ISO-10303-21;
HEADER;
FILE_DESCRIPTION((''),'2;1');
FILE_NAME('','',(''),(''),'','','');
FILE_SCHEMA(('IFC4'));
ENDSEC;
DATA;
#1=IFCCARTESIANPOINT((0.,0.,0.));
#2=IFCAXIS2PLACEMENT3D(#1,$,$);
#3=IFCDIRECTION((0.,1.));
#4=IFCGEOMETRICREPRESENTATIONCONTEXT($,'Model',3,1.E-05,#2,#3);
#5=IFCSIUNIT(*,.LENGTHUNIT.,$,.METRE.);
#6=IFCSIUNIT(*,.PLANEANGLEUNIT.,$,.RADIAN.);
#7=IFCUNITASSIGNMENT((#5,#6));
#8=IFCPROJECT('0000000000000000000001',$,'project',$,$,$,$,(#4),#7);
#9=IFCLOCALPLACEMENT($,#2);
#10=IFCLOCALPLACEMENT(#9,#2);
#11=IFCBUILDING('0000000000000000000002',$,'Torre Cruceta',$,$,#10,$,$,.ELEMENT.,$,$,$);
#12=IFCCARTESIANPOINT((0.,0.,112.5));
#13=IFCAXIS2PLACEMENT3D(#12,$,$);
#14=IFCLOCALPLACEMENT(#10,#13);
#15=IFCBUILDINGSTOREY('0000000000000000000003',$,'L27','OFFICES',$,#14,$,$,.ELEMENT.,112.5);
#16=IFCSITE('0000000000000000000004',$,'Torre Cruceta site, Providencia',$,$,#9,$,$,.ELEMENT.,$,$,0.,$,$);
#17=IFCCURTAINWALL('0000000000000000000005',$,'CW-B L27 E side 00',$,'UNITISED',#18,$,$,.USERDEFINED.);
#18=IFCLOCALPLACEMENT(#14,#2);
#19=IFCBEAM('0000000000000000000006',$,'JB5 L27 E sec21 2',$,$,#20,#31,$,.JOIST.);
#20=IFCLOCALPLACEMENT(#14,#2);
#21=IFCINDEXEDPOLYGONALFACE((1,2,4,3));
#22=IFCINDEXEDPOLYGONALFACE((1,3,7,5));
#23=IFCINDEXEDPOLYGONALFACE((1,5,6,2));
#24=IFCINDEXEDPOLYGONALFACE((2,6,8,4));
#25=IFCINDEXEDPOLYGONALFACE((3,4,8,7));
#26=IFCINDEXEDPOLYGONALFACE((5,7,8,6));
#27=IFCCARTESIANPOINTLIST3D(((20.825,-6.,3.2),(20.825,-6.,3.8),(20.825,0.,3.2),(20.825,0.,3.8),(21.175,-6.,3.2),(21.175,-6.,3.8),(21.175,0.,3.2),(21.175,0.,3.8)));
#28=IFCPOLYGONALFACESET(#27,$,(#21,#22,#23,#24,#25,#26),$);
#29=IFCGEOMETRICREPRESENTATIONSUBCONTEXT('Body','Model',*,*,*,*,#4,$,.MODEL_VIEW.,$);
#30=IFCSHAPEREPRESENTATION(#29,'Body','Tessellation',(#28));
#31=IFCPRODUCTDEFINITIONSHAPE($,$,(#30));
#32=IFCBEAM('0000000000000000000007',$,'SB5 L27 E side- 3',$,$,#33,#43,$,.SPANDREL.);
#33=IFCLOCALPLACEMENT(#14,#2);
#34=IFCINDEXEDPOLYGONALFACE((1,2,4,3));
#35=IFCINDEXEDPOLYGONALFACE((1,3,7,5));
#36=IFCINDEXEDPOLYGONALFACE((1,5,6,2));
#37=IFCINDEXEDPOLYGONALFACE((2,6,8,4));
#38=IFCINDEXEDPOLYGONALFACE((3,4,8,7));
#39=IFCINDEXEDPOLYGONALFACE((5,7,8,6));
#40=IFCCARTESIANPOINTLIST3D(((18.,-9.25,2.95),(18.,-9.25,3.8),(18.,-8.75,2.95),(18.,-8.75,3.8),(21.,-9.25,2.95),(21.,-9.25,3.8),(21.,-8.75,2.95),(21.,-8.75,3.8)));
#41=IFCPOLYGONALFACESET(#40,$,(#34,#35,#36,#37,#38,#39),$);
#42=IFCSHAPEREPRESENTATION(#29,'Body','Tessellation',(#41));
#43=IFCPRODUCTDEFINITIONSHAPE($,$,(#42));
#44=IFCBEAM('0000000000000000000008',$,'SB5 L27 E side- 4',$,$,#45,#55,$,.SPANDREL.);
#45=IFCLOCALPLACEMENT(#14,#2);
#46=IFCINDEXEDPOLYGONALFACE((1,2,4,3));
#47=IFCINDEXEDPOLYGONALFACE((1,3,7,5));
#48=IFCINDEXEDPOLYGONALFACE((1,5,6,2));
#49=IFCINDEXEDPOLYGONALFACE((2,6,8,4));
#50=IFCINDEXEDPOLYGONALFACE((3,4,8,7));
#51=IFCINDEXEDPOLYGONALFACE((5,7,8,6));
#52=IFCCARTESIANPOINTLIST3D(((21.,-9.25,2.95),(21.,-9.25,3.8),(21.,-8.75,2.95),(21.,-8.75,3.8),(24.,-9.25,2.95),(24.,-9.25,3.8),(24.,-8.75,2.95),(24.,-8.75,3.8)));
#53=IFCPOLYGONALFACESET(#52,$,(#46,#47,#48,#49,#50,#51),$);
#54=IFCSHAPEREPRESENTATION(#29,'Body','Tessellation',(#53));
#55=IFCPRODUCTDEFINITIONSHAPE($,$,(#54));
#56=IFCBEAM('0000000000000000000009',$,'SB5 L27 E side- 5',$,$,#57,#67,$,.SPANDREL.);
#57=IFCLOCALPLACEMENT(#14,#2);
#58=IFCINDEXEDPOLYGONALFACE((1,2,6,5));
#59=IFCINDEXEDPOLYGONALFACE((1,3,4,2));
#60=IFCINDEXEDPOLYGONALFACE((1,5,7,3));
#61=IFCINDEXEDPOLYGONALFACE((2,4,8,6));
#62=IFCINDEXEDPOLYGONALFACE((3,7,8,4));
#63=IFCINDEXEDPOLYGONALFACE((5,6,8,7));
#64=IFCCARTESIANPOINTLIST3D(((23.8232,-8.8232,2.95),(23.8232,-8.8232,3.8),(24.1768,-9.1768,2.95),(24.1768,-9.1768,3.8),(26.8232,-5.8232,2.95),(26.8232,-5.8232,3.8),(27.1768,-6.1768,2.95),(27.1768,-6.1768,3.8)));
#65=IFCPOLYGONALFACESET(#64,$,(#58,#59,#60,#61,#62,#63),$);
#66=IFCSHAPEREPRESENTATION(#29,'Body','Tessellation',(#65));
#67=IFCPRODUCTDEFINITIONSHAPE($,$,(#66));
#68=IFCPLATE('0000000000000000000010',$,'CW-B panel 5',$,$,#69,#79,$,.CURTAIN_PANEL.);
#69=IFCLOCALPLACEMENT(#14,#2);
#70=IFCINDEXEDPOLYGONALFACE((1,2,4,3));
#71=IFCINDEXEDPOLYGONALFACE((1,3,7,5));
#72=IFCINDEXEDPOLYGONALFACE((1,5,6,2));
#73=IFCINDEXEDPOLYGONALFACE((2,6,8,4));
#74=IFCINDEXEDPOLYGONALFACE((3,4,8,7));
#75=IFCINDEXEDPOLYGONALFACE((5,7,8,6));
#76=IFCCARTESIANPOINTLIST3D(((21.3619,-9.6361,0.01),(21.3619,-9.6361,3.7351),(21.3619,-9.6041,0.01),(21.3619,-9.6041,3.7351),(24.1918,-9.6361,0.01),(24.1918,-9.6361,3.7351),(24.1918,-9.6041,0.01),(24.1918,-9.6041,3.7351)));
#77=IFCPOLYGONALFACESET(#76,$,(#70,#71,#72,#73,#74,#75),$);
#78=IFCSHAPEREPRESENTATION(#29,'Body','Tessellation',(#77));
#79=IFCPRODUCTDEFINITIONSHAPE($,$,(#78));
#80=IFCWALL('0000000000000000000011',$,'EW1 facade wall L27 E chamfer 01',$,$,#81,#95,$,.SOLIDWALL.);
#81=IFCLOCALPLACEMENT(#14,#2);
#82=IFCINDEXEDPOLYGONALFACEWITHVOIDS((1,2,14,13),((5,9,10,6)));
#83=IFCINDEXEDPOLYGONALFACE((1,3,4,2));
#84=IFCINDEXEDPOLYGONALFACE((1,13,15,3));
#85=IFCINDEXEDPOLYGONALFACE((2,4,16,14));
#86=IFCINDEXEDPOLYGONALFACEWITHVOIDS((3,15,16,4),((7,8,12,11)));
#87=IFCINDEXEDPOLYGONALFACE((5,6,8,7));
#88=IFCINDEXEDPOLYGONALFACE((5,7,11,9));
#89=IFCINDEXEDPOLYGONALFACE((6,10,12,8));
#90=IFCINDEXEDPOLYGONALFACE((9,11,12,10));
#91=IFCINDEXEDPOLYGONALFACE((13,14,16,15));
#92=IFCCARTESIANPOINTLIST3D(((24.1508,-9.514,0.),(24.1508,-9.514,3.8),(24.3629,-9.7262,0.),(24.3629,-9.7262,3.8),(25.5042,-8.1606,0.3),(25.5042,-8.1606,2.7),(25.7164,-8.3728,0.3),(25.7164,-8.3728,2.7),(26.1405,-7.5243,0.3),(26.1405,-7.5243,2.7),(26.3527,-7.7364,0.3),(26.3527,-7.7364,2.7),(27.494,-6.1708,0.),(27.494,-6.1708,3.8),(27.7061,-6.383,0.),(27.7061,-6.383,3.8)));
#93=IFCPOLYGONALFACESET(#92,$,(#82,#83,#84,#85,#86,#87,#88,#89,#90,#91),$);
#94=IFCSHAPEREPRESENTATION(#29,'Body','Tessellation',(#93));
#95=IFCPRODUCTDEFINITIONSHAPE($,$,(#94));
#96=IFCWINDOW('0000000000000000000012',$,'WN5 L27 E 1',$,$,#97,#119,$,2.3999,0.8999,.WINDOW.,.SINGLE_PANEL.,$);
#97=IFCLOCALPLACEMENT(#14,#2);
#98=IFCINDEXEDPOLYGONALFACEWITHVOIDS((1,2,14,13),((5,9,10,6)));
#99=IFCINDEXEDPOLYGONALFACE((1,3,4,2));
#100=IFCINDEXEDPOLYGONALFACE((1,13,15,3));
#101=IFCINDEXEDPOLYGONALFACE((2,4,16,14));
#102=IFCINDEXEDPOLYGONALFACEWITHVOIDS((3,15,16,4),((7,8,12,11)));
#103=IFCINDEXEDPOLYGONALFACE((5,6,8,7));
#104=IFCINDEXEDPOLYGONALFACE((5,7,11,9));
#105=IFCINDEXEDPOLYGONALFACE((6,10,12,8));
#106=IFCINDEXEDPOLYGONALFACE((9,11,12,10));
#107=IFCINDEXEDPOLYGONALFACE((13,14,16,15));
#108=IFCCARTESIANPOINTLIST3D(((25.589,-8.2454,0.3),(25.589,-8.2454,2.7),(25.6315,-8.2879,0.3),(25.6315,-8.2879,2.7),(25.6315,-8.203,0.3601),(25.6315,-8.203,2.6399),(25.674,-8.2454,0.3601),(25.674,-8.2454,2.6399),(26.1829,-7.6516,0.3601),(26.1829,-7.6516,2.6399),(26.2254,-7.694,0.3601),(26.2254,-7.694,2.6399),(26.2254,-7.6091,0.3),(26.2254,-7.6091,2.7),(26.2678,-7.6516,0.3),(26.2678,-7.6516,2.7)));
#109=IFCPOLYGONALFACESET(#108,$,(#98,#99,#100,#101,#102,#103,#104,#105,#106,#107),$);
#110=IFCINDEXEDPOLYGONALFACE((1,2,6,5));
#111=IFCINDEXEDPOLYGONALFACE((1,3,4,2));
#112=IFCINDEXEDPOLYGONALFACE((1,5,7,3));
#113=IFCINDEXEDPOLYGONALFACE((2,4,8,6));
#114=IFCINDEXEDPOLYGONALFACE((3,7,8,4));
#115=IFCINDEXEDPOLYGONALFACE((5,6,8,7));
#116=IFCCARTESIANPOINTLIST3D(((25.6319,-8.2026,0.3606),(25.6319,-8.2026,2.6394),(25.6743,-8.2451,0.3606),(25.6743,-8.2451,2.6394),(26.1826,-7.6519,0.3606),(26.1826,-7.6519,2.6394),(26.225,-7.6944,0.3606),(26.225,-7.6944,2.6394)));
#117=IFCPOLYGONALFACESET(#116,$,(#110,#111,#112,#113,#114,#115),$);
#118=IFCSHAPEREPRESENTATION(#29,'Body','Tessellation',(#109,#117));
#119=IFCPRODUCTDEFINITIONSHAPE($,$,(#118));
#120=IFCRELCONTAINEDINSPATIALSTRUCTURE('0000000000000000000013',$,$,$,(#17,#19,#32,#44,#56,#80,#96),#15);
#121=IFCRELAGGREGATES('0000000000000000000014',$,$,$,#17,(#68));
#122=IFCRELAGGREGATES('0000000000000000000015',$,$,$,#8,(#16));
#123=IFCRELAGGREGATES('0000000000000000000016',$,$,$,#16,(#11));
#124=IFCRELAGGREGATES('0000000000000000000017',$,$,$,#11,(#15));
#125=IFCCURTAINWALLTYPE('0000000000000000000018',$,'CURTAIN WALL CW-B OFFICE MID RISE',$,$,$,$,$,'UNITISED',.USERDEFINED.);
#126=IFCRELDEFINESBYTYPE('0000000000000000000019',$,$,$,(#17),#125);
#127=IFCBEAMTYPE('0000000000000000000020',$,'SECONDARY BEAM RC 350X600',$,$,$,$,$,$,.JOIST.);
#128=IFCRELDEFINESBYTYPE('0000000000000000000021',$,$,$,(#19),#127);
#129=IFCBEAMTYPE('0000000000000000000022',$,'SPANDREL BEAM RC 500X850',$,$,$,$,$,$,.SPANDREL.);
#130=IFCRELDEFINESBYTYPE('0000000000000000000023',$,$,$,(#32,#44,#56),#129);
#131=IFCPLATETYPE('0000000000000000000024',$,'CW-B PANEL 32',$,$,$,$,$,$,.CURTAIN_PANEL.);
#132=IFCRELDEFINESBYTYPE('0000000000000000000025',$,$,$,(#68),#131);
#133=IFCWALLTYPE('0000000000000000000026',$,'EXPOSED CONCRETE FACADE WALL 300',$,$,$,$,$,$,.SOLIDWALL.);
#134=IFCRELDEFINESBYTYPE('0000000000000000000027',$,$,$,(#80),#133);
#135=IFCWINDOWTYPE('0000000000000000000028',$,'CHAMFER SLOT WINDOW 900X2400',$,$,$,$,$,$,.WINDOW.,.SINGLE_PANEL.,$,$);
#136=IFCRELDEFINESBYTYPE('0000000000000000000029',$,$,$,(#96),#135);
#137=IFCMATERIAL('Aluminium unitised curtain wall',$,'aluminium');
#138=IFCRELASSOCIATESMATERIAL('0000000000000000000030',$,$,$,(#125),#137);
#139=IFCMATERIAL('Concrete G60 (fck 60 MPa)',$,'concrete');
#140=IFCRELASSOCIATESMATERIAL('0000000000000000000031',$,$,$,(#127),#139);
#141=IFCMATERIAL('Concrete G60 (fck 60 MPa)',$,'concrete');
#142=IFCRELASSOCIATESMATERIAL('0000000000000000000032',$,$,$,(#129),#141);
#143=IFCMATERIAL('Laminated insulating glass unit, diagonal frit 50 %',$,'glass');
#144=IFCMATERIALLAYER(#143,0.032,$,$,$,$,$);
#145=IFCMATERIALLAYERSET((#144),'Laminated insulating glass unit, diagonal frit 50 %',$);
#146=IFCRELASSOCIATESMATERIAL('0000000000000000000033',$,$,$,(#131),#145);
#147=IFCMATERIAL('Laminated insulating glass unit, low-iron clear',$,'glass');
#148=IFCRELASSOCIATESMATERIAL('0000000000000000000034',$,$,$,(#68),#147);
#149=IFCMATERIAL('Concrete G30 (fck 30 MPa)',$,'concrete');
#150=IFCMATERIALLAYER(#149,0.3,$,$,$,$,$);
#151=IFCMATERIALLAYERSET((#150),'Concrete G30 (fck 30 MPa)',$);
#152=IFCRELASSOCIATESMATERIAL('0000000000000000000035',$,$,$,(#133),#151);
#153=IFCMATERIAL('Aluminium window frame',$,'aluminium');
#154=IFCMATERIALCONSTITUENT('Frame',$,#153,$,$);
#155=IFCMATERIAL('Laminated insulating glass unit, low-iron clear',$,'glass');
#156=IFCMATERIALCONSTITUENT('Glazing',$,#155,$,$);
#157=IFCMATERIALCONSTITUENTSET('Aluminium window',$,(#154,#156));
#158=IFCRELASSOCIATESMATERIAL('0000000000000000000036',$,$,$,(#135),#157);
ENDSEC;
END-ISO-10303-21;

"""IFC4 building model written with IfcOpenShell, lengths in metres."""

from ifc_helpers import new_model, si_unit, direction, frame, frame_2d, origin, origin_2d, place, context, subcontext, project, spatial, rectangle, hollow_rectangle, extrude, material, layer, layer_set, constituent, constituent_set, material_profile, profile_set, type_object, element, fill, aggregate, save


model = new_model("IFC4")

# Units and contexts
model_context = context("Model", 3, precision=1e-05, world=origin(), true_north=direction((0.0, 1.0)))
body_context = subcontext(model_context, "Body", "Model", "MODEL_VIEW")
ifc_project = project(units=[si_unit("LENGTHUNIT", "METRE"), si_unit("PLANEANGLEUNIT", "RADIAN")], contexts=[model_context])

# Site, building, storey
site_placement = place(None, origin())
site = spatial("IfcSite", under=ifc_project, at=site_placement, Name="Torre Cruceta site, Providencia", CompositionType="ELEMENT", RefElevation=0.0)
building_placement = place(site_placement, origin())
building = spatial("IfcBuilding", under=site, at=building_placement, Name="Torre Cruceta", CompositionType="ELEMENT")
storey_placement = place(building_placement, frame((0.0, 0.0, 112.5)))
storey = spatial("IfcBuildingStorey", under=building, at=storey_placement, Name="L27", Description="OFFICES", CompositionType="ELEMENT", Elevation=112.5)

# Curtain wall
ifc_material_1 = material(Name="Aluminium unitised curtain wall", Category="aluminium")
curtain_wall_type = type_object("IfcCurtainWallType", Name="CURTAIN WALL CW-B OFFICE MID RISE", ElementType="UNITISED", PredefinedType="USERDEFINED", material=ifc_material_1)
curtain_wall_placement = place(storey_placement, origin())
curtain_wall = element("IfcCurtainWall", 1, at=curtain_wall_placement, inside=storey, type_object=curtain_wall_type, Name="CW-B L27 E side 00", ObjectType="UNITISED", PredefinedType="USERDEFINED")

# Beams
ifc_material_2 = material(Name="Concrete G60 (fck 60 MPa)", Category="concrete")
ifc_material_profile_1 = material_profile(ifc_material_2, rectangle(XDim=0.3501, YDim=0.6001, at=origin_2d()), Name="RC 350X600")
ifc_profile_set_1 = profile_set([ifc_material_profile_1], Name="Concrete G60 (fck 60 MPa)")
beam_type_1 = type_object("IfcBeamType", Name="SECONDARY BEAM RC 350X600", PredefinedType="JOIST", material=ifc_profile_set_1)
beam_1_placement = place(storey_placement, frame((21.0, -6.0, 3.5), z_axis=(0.0, 1.0, 0.0), x_axis=(-1.0, 0.0, 0.0)))
element("IfcBeam", 2, at=beam_1_placement, inside=storey, type_object=beam_type_1, Name="JB5 L27 E sec21 2", PredefinedType="JOIST", context=body_context, shape_type="SweptSolid", body=[
    extrude(rectangle(XDim=0.3501, YDim=0.6001, at=origin_2d()), origin(), (0.0, 0.0, 1.0), 6.0),
])
ifc_material_3 = material(Name="Concrete G60 (fck 60 MPa)", Category="concrete")
ifc_material_profile_2 = material_profile(ifc_material_3, rectangle(XDim=0.5, YDim=0.8501, at=origin_2d()), Name="RC 500X850")
ifc_profile_set_2 = profile_set([ifc_material_profile_2], Name="Concrete G60 (fck 60 MPa)")
beam_type_2 = type_object("IfcBeamType", Name="SPANDREL BEAM RC 500X850", PredefinedType="SPANDREL", material=ifc_profile_set_2)
for number, where, z_axis, x_axis, name in (
    (3, (18.0, -9.0, 3.375), (1.0, 0.0, 0.0), (0.0, 1.0, 0.0), "SB5 L27 E side- 3"),
    (4, (21.0, -9.0, 3.375), (1.0, 0.0, 0.0), (0.0, 1.0, 0.0), "SB5 L27 E side- 4"),
):
    element("IfcBeam", number, at=place(storey_placement, frame(where, z_axis=z_axis, x_axis=x_axis)), inside=storey, type_object=beam_type_2, Name=name, PredefinedType="SPANDREL", context=body_context, shape_type="SweptSolid", body=[
        extrude(rectangle(XDim=0.5, YDim=0.8501, at=origin_2d()), origin(), (0.0, 0.0, 1.0), 3.0),
    ])
beam_2_placement = place(storey_placement, frame((24.0, -9.0, 3.375), z_axis=(0.707107, 0.707107, 0.0), x_axis=(-0.707107, 0.707107, 0.0)))
element("IfcBeam", 5, at=beam_2_placement, inside=storey, type_object=beam_type_2, Name="SB5 L27 E side- 5", PredefinedType="SPANDREL", context=body_context, shape_type="SweptSolid", body=[
    extrude(rectangle(XDim=0.5, YDim=0.8501, at=origin_2d()), origin(), (0.0, 0.0, 1.0), 4.2427),
])

# Plate
ifc_material_4 = material(Name="Laminated insulating glass unit, low-iron clear", Category="glass")
ifc_material_5 = material(Name="Laminated insulating glass unit, diagonal frit 50 %", Category="glass")
ifc_layer_1 = layer(ifc_material_5, 0.032)
ifc_layer_set_1 = layer_set([ifc_layer_1], Name="Laminated insulating glass unit, diagonal frit 50 %")
plate_type = type_object("IfcPlateType", Name="CW-B PANEL 32", PredefinedType="CURTAIN_PANEL", material=ifc_layer_set_1)
plate_placement = place(storey_placement, frame((22.7769, -9.6201, 0.01), z_axis=(0.0, 0.0, 1.0), x_axis=(1.0, 0.0, 0.0)))
plate = element("IfcPlate", 6, at=plate_placement, type_object=plate_type, material=ifc_material_4, Name="CW-B panel 5", PredefinedType="CURTAIN_PANEL", context=body_context, shape_type="SweptSolid", body=[
    extrude(rectangle(XDim=2.8298, YDim=0.032, at=origin_2d()), origin(), (0.0, 0.0, 1.0), 3.7251),
])
aggregate(curtain_wall, [plate])

# Wall, opening, window
ifc_material_6 = material(Name="Concrete G30 (fck 30 MPa)", Category="concrete")
ifc_layer_2 = layer(ifc_material_6, 0.3)
ifc_layer_set_2 = layer_set([ifc_layer_2], Name="Concrete G30 (fck 30 MPa)")
wall_type_1 = type_object("IfcWallType", Name="EXPOSED CONCRETE FACADE WALL 300", PredefinedType="SOLIDWALL", material=ifc_layer_set_2)
wall_1_placement = place(storey_placement, frame((24.2568, -9.6201, 0.0), z_axis=(0.0, 0.0, 1.0), x_axis=(0.707107, 0.707107, 0.0)))
wall_1 = element("IfcWall", 7, at=wall_1_placement, inside=storey, type_object=wall_type_1, Name="EW1 facade wall L27 E chamfer 01", PredefinedType="SOLIDWALL", context=body_context, shape_type="SweptSolid", body=[
    extrude(rectangle(XDim=4.728, YDim=0.3, at=frame_2d((2.364, 0.0))), origin(), (0.0, 0.0, 1.0), 3.8),
])
opening_1_placement = place(wall_1_placement, frame((1.9141, 0.0, 0.3)))
opening_1 = element("IfcOpeningElement", 8, at=opening_1_placement, cuts=wall_1, PredefinedType="OPENING", context=body_context, shape_type="SweptSolid", body=[
    extrude(rectangle(XDim=0.8999, YDim=2.3999, at=frame_2d((0.45, 1.2))), frame((0.0, 0.1599, 0.0), z_axis=(0.0, -1.0, 0.0), x_axis=(1.0, 0.0, 0.0)), (0.0, 0.0, 1.0), 0.3201),
])
ifc_material_7 = material(Name="Aluminium window frame", Category="aluminium")
ifc_constituent_1 = constituent(ifc_material_7, Name="Frame")
ifc_material_8 = material(Name="Laminated insulating glass unit, low-iron clear", Category="glass")
ifc_constituent_2 = constituent(ifc_material_8, Name="Glazing")
ifc_constituent_set_1 = constituent_set(constituents=[ifc_constituent_1, ifc_constituent_2], Name="Aluminium window")
window_type_1 = type_object("IfcWindowType", Name="CHAMFER SLOT WINDOW 900X2400", PartitioningType="SINGLE_PANEL", PredefinedType="WINDOW", material=ifc_constituent_set_1)
window_1_placement = place(opening_1_placement, origin())
window_1 = element("IfcWindow", 9, at=window_1_placement, inside=storey, type_object=window_type_1, Name="WN5 L27 E 1", OverallHeight=2.3999, OverallWidth=0.8999, PartitioningType="SINGLE_PANEL", PredefinedType="WINDOW", context=body_context, shape_type="SweptSolid", body=[
    extrude(hollow_rectangle(XDim=0.8999, YDim=2.3999, WallThickness=0.0601, at=frame_2d((0.45, 1.2))), frame((0.0, 0.03, 0.0), z_axis=(0.0, -1.0, 0.0), x_axis=(1.0, 0.0, 0.0)), (0.0, 0.0, 1.0), 0.0601),
    extrude(rectangle(XDim=0.7788, YDim=2.2788, at=frame_2d((0.45, 1.2))), frame((0.0, 0.03, 0.0), z_axis=(0.0, -1.0, 0.0), x_axis=(1.0, 0.0, 0.0)), (0.0, 0.0, 1.0), 0.0601),
])
fill(opening_1, window_1)

save(model, "model.ifc")
